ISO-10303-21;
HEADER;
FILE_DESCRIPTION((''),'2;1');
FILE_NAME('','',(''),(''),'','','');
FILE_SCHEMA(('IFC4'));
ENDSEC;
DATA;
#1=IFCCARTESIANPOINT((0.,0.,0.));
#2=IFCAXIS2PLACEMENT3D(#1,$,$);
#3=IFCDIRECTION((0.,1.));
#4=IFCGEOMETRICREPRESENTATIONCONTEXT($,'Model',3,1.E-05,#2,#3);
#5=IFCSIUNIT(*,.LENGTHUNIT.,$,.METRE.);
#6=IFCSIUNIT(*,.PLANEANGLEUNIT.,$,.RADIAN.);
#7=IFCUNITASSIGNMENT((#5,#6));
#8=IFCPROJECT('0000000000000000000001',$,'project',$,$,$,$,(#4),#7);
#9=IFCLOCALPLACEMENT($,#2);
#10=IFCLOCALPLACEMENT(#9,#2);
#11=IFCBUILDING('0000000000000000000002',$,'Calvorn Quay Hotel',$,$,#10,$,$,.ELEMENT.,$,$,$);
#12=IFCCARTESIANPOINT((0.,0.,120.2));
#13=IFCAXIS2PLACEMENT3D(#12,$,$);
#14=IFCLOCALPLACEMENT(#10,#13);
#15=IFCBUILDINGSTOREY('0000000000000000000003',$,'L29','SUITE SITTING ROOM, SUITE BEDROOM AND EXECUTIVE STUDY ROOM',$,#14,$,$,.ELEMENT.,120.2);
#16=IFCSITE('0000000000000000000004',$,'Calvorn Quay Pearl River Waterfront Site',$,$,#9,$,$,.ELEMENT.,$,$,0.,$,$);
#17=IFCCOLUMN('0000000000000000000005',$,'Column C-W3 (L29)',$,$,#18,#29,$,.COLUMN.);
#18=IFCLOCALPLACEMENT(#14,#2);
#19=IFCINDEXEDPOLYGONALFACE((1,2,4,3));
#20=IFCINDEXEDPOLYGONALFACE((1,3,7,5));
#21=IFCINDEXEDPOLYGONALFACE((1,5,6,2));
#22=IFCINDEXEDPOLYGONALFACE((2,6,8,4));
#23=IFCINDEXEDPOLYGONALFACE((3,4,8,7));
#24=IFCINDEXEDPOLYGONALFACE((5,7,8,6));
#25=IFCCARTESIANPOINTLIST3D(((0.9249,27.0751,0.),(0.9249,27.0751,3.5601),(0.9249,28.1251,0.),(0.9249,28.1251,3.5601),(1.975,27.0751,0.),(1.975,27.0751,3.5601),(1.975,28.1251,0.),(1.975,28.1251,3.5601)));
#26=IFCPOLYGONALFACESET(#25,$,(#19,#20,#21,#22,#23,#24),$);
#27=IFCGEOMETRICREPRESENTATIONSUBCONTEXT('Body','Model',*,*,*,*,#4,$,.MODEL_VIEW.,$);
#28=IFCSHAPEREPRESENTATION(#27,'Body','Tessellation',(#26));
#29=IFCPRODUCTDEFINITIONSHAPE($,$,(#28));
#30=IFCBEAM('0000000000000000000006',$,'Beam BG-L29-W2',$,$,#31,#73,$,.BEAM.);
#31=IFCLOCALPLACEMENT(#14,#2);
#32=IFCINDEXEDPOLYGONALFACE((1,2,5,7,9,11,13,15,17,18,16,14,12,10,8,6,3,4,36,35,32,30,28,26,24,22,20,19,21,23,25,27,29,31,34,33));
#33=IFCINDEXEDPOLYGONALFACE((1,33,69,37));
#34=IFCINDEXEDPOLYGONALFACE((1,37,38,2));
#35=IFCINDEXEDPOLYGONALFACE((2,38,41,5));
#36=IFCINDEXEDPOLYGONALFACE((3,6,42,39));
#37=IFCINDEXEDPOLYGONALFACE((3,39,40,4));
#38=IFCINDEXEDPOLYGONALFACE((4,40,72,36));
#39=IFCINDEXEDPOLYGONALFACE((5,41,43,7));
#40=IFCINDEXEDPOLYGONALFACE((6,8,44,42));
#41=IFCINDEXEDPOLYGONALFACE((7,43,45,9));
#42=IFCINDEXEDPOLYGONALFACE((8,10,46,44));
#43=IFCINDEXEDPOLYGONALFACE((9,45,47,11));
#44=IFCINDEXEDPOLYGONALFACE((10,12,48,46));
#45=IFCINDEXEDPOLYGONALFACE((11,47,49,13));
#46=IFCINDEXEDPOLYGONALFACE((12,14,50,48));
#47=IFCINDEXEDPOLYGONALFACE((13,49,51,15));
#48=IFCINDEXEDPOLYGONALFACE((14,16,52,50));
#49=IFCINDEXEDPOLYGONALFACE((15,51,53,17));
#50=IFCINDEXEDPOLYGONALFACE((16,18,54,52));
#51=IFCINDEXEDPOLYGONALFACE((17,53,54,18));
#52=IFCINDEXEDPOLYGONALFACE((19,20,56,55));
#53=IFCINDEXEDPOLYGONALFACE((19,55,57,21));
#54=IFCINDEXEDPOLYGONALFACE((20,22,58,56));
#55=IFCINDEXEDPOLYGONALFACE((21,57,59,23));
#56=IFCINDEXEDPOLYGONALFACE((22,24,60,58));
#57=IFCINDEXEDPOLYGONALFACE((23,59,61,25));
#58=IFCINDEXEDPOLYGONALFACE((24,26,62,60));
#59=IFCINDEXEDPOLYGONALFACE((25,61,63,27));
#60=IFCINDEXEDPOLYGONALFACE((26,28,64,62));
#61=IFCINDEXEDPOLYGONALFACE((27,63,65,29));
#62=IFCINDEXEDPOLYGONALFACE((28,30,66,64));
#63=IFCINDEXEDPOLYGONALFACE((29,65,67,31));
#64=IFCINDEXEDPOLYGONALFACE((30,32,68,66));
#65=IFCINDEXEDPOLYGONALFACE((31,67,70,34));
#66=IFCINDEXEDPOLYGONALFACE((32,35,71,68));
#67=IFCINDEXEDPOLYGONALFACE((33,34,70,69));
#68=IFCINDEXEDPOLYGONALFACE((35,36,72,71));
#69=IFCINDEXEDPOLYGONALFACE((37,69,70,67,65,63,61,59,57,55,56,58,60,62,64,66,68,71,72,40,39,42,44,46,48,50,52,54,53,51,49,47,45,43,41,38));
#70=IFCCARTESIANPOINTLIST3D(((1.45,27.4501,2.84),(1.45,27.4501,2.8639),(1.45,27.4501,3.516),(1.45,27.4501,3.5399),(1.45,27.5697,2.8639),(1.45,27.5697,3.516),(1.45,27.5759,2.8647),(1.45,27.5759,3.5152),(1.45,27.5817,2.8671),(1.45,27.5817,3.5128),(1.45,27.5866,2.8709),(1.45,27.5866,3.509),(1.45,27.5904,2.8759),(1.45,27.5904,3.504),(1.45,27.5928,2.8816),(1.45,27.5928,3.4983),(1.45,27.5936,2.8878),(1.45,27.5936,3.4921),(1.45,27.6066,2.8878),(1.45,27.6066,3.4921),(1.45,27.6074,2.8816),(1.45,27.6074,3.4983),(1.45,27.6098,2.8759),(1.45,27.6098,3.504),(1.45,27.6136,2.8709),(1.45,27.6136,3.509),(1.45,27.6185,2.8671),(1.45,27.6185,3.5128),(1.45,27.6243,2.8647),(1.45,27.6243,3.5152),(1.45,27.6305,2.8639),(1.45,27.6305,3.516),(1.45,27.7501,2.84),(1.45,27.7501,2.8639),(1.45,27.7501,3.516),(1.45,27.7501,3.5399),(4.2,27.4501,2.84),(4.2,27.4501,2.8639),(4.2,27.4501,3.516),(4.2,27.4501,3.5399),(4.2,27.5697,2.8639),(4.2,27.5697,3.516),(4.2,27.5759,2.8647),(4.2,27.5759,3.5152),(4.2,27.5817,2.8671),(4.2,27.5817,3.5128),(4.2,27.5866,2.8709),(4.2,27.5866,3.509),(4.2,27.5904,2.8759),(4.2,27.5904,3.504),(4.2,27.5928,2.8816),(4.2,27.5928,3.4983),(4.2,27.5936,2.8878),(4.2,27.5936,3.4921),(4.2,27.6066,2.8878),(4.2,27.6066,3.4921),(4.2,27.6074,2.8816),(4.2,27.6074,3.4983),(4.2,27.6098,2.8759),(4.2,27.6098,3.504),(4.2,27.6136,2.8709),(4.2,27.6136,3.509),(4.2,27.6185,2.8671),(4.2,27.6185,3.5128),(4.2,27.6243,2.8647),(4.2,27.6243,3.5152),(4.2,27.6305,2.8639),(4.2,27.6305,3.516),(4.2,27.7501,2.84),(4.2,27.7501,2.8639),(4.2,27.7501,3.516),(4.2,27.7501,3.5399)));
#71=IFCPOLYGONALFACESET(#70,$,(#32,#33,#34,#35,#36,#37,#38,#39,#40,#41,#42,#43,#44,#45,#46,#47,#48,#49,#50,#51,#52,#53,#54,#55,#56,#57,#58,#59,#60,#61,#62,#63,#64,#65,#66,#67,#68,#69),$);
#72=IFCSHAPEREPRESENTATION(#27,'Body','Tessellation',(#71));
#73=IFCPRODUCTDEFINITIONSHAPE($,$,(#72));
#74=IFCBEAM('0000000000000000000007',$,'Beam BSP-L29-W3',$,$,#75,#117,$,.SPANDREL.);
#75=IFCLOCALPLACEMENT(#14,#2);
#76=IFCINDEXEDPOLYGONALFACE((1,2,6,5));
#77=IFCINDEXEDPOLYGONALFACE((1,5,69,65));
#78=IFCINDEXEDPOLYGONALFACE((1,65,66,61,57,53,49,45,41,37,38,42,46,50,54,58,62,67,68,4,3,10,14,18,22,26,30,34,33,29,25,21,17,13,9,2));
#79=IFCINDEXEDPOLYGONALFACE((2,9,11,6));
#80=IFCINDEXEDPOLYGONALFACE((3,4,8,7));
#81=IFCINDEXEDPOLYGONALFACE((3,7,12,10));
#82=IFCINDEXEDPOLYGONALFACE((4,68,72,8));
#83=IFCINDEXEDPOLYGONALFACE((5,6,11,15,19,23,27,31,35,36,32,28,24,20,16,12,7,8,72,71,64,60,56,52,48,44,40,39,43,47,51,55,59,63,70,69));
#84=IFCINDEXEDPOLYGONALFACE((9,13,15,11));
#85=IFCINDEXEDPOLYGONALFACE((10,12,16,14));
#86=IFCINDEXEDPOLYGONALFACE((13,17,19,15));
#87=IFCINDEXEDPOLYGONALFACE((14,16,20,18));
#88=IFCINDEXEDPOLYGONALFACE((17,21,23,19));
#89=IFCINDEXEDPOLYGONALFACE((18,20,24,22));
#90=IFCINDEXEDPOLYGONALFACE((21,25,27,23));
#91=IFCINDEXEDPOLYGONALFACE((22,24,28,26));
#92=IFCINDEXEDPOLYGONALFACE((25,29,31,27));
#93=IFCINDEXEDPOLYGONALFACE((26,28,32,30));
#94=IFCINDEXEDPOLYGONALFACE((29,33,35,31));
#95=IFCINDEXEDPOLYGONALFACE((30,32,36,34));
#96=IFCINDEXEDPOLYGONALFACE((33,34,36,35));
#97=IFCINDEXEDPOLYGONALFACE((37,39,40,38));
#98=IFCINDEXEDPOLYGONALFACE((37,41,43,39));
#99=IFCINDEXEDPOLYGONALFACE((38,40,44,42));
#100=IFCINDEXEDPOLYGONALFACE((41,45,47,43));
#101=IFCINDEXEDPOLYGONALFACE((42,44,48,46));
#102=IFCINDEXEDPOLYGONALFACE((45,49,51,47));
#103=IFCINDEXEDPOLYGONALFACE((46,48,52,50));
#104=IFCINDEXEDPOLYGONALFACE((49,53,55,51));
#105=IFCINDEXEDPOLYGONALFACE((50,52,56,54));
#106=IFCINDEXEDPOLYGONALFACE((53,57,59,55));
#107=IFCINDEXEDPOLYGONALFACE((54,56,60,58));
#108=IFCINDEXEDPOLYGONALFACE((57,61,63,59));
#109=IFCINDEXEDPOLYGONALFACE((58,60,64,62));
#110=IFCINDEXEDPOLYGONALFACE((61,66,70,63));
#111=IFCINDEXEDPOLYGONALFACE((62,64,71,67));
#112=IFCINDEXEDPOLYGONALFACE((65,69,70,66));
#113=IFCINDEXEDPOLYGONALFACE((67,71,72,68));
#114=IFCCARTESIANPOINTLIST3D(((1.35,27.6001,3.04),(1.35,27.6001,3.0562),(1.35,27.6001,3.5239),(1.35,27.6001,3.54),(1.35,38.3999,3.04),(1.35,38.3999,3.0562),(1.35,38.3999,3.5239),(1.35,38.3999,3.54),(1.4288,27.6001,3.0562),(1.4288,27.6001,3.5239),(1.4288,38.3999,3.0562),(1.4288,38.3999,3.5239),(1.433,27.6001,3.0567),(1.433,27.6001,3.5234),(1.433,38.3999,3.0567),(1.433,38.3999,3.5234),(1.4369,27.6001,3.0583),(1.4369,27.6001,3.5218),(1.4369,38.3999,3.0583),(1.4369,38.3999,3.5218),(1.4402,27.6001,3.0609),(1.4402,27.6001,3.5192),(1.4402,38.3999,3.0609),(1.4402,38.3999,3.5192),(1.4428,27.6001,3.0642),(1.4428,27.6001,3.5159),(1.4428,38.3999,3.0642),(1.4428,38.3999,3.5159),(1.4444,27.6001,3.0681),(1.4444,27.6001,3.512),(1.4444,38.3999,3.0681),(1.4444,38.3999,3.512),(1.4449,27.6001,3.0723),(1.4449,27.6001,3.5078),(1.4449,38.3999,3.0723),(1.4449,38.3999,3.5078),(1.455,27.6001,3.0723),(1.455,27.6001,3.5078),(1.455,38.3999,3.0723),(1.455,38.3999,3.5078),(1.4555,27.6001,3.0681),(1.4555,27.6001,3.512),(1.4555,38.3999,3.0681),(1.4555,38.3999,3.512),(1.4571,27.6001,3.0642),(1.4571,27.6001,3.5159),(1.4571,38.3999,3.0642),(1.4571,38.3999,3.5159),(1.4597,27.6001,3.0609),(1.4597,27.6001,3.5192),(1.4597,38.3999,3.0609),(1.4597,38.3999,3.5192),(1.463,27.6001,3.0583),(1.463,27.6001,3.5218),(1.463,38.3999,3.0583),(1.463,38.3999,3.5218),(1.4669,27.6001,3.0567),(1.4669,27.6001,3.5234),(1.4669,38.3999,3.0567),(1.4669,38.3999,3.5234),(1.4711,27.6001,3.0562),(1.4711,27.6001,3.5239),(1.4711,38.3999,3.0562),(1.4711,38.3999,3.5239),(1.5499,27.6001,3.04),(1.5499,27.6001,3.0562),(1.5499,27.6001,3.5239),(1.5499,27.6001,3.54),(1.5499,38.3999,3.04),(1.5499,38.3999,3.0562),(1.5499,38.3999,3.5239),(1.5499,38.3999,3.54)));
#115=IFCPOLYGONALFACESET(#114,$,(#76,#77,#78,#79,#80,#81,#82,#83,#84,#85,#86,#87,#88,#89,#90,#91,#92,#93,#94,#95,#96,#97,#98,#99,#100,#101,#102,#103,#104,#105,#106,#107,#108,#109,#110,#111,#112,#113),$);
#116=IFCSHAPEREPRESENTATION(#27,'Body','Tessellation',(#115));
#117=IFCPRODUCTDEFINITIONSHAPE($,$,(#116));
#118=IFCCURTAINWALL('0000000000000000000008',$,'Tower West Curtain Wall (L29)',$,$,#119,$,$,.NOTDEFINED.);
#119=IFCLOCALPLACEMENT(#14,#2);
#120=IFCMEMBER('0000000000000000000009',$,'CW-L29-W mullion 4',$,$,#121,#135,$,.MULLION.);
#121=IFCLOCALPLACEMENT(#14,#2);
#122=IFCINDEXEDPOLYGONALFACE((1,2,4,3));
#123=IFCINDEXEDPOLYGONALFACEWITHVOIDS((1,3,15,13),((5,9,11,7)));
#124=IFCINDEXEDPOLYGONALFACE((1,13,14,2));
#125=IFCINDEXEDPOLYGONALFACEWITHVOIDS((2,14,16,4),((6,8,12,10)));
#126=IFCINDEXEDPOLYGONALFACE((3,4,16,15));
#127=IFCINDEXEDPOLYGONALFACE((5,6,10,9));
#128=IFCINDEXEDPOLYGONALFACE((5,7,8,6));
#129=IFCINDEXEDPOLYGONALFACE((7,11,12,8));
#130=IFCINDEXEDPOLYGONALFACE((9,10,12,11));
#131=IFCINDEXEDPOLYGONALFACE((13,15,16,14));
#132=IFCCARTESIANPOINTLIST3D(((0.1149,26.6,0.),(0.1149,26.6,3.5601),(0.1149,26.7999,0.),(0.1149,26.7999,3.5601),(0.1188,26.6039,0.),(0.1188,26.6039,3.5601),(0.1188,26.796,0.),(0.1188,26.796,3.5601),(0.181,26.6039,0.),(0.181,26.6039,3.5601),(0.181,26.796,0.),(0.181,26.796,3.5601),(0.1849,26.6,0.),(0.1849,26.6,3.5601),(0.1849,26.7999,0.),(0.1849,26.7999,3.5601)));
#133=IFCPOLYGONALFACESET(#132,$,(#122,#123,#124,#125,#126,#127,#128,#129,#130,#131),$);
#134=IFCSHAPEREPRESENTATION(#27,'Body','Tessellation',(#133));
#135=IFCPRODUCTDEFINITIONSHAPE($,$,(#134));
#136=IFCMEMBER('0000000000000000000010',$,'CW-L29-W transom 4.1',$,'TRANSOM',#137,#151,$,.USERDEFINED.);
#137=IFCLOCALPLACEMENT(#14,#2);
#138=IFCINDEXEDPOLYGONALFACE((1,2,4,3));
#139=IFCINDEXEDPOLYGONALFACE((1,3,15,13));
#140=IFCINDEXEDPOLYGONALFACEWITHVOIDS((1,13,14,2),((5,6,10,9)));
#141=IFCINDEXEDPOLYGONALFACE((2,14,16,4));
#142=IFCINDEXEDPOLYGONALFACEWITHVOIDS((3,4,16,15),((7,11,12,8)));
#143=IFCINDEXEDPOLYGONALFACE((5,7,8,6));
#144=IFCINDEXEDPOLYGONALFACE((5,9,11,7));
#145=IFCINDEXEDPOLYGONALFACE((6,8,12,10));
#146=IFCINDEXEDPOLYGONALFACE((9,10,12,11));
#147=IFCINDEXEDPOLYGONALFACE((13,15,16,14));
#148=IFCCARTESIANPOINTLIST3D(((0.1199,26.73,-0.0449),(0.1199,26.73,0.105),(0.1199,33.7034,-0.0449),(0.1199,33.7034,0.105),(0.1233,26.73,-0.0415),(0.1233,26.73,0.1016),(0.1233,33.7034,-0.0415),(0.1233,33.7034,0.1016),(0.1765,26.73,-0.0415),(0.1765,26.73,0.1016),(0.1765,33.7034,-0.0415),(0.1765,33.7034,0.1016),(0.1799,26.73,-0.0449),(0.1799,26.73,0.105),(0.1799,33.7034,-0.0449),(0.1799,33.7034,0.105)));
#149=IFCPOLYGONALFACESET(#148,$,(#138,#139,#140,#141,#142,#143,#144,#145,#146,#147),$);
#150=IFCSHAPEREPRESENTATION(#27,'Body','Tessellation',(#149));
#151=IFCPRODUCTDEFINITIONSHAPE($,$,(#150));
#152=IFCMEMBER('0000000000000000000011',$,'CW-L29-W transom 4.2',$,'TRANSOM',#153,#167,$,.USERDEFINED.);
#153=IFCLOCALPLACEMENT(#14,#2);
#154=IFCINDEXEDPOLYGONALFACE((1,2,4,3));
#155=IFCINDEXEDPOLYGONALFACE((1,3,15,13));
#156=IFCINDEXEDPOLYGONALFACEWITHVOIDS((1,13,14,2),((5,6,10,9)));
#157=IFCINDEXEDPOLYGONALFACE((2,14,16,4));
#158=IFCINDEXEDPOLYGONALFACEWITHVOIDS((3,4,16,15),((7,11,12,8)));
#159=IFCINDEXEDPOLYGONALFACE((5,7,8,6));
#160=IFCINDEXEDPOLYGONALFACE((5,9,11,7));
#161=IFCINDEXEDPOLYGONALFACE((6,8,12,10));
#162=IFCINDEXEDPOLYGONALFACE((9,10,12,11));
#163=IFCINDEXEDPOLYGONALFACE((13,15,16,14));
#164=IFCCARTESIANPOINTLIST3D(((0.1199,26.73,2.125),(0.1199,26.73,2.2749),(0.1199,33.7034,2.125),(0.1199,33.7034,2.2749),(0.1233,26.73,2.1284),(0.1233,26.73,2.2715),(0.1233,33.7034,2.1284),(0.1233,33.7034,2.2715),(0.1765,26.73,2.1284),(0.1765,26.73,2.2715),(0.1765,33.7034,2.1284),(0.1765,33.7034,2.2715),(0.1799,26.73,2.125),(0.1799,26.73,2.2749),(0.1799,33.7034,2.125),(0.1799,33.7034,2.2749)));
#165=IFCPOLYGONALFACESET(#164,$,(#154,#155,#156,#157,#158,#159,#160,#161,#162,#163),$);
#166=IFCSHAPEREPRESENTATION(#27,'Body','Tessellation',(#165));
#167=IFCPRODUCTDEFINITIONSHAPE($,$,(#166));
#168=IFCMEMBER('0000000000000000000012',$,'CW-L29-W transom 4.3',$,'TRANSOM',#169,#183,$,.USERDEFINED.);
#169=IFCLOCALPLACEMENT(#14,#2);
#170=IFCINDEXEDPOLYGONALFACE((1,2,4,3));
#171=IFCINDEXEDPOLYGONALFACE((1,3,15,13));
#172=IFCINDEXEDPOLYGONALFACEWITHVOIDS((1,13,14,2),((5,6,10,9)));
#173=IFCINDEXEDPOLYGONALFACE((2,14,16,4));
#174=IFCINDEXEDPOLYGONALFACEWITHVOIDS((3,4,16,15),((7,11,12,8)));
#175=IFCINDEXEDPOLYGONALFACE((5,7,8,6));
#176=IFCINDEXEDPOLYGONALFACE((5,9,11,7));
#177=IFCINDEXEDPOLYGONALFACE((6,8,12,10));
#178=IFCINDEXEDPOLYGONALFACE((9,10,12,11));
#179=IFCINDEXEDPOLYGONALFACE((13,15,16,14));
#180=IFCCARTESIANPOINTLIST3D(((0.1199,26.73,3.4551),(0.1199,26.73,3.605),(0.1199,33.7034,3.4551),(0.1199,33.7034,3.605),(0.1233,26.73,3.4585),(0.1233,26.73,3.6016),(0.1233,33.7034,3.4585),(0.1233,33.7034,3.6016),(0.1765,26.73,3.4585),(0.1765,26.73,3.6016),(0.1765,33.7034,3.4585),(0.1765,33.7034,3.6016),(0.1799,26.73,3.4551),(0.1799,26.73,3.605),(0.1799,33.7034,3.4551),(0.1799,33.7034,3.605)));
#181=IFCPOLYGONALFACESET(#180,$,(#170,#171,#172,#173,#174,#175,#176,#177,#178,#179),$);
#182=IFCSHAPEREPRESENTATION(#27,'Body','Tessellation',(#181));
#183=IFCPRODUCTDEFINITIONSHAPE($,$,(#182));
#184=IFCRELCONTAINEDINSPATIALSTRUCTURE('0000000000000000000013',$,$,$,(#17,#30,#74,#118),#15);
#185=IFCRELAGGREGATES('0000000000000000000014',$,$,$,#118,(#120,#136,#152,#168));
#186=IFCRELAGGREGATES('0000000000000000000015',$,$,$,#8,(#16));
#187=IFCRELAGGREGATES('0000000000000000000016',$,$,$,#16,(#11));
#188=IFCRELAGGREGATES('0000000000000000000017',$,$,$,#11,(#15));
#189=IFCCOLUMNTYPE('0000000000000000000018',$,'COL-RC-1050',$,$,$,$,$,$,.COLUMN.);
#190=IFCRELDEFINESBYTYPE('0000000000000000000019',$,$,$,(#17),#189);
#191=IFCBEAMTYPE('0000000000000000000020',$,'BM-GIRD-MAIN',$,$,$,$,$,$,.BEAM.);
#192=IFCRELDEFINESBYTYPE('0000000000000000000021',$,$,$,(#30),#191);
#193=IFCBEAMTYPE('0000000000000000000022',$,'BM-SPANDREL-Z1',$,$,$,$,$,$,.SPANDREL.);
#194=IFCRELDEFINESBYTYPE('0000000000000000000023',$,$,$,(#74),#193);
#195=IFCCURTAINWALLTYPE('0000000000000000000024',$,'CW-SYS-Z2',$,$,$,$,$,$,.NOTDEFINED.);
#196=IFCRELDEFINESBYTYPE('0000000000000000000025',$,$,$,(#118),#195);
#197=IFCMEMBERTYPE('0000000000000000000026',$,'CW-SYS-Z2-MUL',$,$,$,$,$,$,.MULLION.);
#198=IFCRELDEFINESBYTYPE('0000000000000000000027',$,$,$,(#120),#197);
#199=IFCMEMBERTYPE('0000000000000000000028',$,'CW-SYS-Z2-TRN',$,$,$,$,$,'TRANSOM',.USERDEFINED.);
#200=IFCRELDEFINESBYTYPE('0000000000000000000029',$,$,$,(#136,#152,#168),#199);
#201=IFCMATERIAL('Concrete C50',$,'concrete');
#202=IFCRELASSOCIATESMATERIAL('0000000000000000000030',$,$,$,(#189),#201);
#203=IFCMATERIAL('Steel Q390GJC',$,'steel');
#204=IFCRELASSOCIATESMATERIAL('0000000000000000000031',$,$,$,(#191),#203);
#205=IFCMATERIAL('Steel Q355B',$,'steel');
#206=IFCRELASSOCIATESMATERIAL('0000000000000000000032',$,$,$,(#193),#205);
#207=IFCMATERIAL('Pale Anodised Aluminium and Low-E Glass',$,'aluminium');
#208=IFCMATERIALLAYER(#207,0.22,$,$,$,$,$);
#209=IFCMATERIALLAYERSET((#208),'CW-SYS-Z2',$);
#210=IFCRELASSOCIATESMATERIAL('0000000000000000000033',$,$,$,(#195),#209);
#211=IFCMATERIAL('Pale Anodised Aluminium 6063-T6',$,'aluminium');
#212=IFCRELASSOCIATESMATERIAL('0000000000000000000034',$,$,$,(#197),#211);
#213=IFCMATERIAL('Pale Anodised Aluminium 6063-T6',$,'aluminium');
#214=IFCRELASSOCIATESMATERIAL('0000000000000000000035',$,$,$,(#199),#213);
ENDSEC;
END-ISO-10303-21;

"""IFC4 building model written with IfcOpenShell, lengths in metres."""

from ifc_helpers import new_model, si_unit, direction, frame, origin, origin_2d, place, context, subcontext, project, spatial, rectangle, hollow_rectangle, i_section, extrude, material, layer, layer_set, material_profile, profile_set, type_object, element, aggregate, save


model = new_model("IFC4")

# Units and contexts
model_context = context("Model", 3, precision=1e-05, world=origin(), true_north=direction((0.0, 1.0)))
body_context = subcontext(model_context, "Body", "Model", "MODEL_VIEW")
ifc_project = project(units=[si_unit("LENGTHUNIT", "METRE"), si_unit("PLANEANGLEUNIT", "RADIAN")], contexts=[model_context])

# Site, building, storey
site_placement = place(None, origin())
site = spatial("IfcSite", under=ifc_project, at=site_placement, Name="Calvorn Quay Pearl River Waterfront Site", CompositionType="ELEMENT", RefElevation=0.0)
building_placement = place(site_placement, origin())
building = spatial("IfcBuilding", under=site, at=building_placement, Name="Calvorn Quay Hotel", CompositionType="ELEMENT")
storey_placement = place(building_placement, frame((0.0, 0.0, 120.2)))
storey = spatial("IfcBuildingStorey", under=building, at=storey_placement, Name="L29", Description="SUITE SITTING ROOM, SUITE BEDROOM AND EXECUTIVE STUDY ROOM", CompositionType="ELEMENT", Elevation=120.2)

# Column
ifc_material_1 = material(Name="Concrete C50", Category="concrete")
ifc_material_profile_1 = material_profile(ifc_material_1, rectangle(XDim=1.05, YDim=1.05, at=origin_2d()), Name="RC1050x1050")
ifc_profile_set_1 = profile_set([ifc_material_profile_1], Name="Concrete C50")
column_type = type_object("IfcColumnType", Name="COL-RC-1050", PredefinedType="COLUMN", material=ifc_profile_set_1)
column_placement = place(storey_placement, frame((1.45, 27.6001, 0.0), z_axis=(0.0, 0.0, 1.0), x_axis=(1.0, 0.0, 0.0)))
element("IfcColumn", 1, at=column_placement, inside=storey, type_object=column_type, Name="Column C-W3 (L29)", PredefinedType="COLUMN", context=body_context, shape_type="SweptSolid", body=[
    extrude(rectangle(XDim=1.05, YDim=1.05, at=origin_2d()), origin(), (0.0, 0.0, 1.0), 3.5601),
])

# Beams
ifc_material_2 = material(Name="Steel Q390GJC", Category="steel")
ifc_material_profile_2 = material_profile(ifc_material_2, i_section(OverallWidth=0.3, OverallDepth=0.7, WebThickness=0.0129, FlangeThickness=0.0239, FilletRadius=0.0239, at=origin_2d()), Name="HN700x300x13x24")
ifc_profile_set_2 = profile_set([ifc_material_profile_2], Name="Steel Q390GJC")
beam_type_1 = type_object("IfcBeamType", Name="BM-GIRD-MAIN", PredefinedType="BEAM", material=ifc_profile_set_2)
beam_1_placement = place(storey_placement, frame((1.45, 27.6001, 3.1899), z_axis=(1.0, 0.0, 0.0), x_axis=(0.0, 1.0, 0.0)))
element("IfcBeam", 2, at=beam_1_placement, inside=storey, type_object=beam_type_1, Name="Beam BG-L29-W2", PredefinedType="BEAM", context=body_context, shape_type="SweptSolid", body=[
    extrude(i_section(OverallWidth=0.3, OverallDepth=0.7, WebThickness=0.0129, FlangeThickness=0.0239, FilletRadius=0.0239, at=origin_2d()), origin(), (0.0, 0.0, 1.0), 2.75),
])
ifc_material_3 = material(Name="Steel Q355B", Category="steel")
ifc_material_profile_3 = material_profile(ifc_material_3, i_section(OverallWidth=0.2, OverallDepth=0.5, WebThickness=0.01, FlangeThickness=0.0161, FilletRadius=0.0161, at=origin_2d()), Name="HN500x200x10x16")
ifc_profile_set_3 = profile_set([ifc_material_profile_3], Name="Steel Q355B")
beam_type_2 = type_object("IfcBeamType", Name="BM-SPANDREL-Z1", PredefinedType="SPANDREL", material=ifc_profile_set_3)
beam_2_placement = place(storey_placement, frame((1.45, 27.6001, 3.29), z_axis=(0.0, 1.0, 0.0), x_axis=(-1.0, 0.0, 0.0)))
element("IfcBeam", 3, at=beam_2_placement, inside=storey, type_object=beam_type_2, Name="Beam BSP-L29-W3", PredefinedType="SPANDREL", context=body_context, shape_type="SweptSolid", body=[
    extrude(i_section(OverallWidth=0.2, OverallDepth=0.5, WebThickness=0.01, FlangeThickness=0.0161, FilletRadius=0.0161, at=origin_2d()), origin(), (0.0, 0.0, 1.0), 10.7998),
])

# Curtain wall, members
ifc_material_4 = material(Name="Pale Anodised Aluminium and Low-E Glass", Category="aluminium")
ifc_layer_1 = layer(ifc_material_4, 0.22)
ifc_layer_set_1 = layer_set([ifc_layer_1], Name="CW-SYS-Z2")
curtain_wall_type = type_object("IfcCurtainWallType", Name="CW-SYS-Z2", PredefinedType="NOTDEFINED", material=ifc_layer_set_1)
curtain_wall_placement = place(storey_placement, origin())
curtain_wall = element("IfcCurtainWall", 4, at=curtain_wall_placement, inside=storey, type_object=curtain_wall_type, Name="Tower West Curtain Wall (L29)", PredefinedType="NOTDEFINED")
ifc_material_5 = material(Name="Pale Anodised Aluminium 6063-T6", Category="aluminium")
ifc_material_profile_4 = material_profile(ifc_material_5, hollow_rectangle(XDim=0.0701, YDim=0.2, WallThickness=0.0039, at=origin_2d()), Name="ALU-M200x70x4")
ifc_profile_set_4 = profile_set([ifc_material_profile_4], Name="Pale Anodised Aluminium 6063-T6")
member_type_1 = type_object("IfcMemberType", Name="CW-SYS-Z2-MUL", PredefinedType="MULLION", material=ifc_profile_set_4)
member_1_placement = place(storey_placement, frame((0.1499, 26.7, 0.0), z_axis=(0.0, 0.0, 1.0), x_axis=(-1.0, 0.0, 0.0)))
member_1 = element("IfcMember", 5, at=member_1_placement, type_object=member_type_1, Name="CW-L29-W mullion 4", PredefinedType="MULLION", context=body_context, shape_type="SweptSolid", body=[
    extrude(hollow_rectangle(XDim=0.0701, YDim=0.2, WallThickness=0.0039, at=origin_2d()), origin(), (0.0, 0.0, 1.0), 3.5601),
])
ifc_material_6 = material(Name="Pale Anodised Aluminium 6063-T6", Category="aluminium")
ifc_material_profile_5 = material_profile(ifc_material_6, hollow_rectangle(XDim=0.0601, YDim=0.1499, WallThickness=0.0034, at=origin_2d()), Name="ALU-T150x60x3.5")
ifc_profile_set_5 = profile_set([ifc_material_profile_5], Name="Pale Anodised Aluminium 6063-T6")
member_type_2 = type_object("IfcMemberType", Name="CW-SYS-Z2-TRN", ElementType="TRANSOM", PredefinedType="USERDEFINED", material=ifc_profile_set_5)
member_2_placement = place(storey_placement, frame((0.1499, 26.73, 0.03), z_axis=(0.0, 1.0, 0.0), x_axis=(-1.0, 0.0, 0.0)))
member_2 = element("IfcMember", 6, at=member_2_placement, type_object=member_type_2, Name="CW-L29-W transom 4.1", ObjectType="TRANSOM", PredefinedType="USERDEFINED", context=body_context, shape_type="SweptSolid", body=[
    extrude(hollow_rectangle(XDim=0.0601, YDim=0.1499, WallThickness=0.0034, at=origin_2d()), origin(), (0.0, 0.0, 1.0), 6.9734),
])
member_3_placement = place(storey_placement, frame((0.1499, 26.73, 2.2), z_axis=(0.0, 1.0, 0.0), x_axis=(-1.0, 0.0, 0.0)))
member_3 = element("IfcMember", 7, at=member_3_placement, type_object=member_type_2, Name="CW-L29-W transom 4.2", ObjectType="TRANSOM", PredefinedType="USERDEFINED", context=body_context, shape_type="SweptSolid", body=[
    extrude(hollow_rectangle(XDim=0.0601, YDim=0.1499, WallThickness=0.0034, at=origin_2d()), origin(), (0.0, 0.0, 1.0), 6.9734),
])
member_4_placement = place(storey_placement, frame((0.1499, 26.73, 3.53), z_axis=(0.0, 1.0, 0.0), x_axis=(-1.0, 0.0, 0.0)))
member_4 = element("IfcMember", 8, at=member_4_placement, type_object=member_type_2, Name="CW-L29-W transom 4.3", ObjectType="TRANSOM", PredefinedType="USERDEFINED", context=body_context, shape_type="SweptSolid", body=[
    extrude(hollow_rectangle(XDim=0.0601, YDim=0.1499, WallThickness=0.0034, at=origin_2d()), origin(), (0.0, 0.0, 1.0), 6.9734),
])
aggregate(curtain_wall, [member_1, member_2, member_3, member_4])

save(model, "model.ifc")
